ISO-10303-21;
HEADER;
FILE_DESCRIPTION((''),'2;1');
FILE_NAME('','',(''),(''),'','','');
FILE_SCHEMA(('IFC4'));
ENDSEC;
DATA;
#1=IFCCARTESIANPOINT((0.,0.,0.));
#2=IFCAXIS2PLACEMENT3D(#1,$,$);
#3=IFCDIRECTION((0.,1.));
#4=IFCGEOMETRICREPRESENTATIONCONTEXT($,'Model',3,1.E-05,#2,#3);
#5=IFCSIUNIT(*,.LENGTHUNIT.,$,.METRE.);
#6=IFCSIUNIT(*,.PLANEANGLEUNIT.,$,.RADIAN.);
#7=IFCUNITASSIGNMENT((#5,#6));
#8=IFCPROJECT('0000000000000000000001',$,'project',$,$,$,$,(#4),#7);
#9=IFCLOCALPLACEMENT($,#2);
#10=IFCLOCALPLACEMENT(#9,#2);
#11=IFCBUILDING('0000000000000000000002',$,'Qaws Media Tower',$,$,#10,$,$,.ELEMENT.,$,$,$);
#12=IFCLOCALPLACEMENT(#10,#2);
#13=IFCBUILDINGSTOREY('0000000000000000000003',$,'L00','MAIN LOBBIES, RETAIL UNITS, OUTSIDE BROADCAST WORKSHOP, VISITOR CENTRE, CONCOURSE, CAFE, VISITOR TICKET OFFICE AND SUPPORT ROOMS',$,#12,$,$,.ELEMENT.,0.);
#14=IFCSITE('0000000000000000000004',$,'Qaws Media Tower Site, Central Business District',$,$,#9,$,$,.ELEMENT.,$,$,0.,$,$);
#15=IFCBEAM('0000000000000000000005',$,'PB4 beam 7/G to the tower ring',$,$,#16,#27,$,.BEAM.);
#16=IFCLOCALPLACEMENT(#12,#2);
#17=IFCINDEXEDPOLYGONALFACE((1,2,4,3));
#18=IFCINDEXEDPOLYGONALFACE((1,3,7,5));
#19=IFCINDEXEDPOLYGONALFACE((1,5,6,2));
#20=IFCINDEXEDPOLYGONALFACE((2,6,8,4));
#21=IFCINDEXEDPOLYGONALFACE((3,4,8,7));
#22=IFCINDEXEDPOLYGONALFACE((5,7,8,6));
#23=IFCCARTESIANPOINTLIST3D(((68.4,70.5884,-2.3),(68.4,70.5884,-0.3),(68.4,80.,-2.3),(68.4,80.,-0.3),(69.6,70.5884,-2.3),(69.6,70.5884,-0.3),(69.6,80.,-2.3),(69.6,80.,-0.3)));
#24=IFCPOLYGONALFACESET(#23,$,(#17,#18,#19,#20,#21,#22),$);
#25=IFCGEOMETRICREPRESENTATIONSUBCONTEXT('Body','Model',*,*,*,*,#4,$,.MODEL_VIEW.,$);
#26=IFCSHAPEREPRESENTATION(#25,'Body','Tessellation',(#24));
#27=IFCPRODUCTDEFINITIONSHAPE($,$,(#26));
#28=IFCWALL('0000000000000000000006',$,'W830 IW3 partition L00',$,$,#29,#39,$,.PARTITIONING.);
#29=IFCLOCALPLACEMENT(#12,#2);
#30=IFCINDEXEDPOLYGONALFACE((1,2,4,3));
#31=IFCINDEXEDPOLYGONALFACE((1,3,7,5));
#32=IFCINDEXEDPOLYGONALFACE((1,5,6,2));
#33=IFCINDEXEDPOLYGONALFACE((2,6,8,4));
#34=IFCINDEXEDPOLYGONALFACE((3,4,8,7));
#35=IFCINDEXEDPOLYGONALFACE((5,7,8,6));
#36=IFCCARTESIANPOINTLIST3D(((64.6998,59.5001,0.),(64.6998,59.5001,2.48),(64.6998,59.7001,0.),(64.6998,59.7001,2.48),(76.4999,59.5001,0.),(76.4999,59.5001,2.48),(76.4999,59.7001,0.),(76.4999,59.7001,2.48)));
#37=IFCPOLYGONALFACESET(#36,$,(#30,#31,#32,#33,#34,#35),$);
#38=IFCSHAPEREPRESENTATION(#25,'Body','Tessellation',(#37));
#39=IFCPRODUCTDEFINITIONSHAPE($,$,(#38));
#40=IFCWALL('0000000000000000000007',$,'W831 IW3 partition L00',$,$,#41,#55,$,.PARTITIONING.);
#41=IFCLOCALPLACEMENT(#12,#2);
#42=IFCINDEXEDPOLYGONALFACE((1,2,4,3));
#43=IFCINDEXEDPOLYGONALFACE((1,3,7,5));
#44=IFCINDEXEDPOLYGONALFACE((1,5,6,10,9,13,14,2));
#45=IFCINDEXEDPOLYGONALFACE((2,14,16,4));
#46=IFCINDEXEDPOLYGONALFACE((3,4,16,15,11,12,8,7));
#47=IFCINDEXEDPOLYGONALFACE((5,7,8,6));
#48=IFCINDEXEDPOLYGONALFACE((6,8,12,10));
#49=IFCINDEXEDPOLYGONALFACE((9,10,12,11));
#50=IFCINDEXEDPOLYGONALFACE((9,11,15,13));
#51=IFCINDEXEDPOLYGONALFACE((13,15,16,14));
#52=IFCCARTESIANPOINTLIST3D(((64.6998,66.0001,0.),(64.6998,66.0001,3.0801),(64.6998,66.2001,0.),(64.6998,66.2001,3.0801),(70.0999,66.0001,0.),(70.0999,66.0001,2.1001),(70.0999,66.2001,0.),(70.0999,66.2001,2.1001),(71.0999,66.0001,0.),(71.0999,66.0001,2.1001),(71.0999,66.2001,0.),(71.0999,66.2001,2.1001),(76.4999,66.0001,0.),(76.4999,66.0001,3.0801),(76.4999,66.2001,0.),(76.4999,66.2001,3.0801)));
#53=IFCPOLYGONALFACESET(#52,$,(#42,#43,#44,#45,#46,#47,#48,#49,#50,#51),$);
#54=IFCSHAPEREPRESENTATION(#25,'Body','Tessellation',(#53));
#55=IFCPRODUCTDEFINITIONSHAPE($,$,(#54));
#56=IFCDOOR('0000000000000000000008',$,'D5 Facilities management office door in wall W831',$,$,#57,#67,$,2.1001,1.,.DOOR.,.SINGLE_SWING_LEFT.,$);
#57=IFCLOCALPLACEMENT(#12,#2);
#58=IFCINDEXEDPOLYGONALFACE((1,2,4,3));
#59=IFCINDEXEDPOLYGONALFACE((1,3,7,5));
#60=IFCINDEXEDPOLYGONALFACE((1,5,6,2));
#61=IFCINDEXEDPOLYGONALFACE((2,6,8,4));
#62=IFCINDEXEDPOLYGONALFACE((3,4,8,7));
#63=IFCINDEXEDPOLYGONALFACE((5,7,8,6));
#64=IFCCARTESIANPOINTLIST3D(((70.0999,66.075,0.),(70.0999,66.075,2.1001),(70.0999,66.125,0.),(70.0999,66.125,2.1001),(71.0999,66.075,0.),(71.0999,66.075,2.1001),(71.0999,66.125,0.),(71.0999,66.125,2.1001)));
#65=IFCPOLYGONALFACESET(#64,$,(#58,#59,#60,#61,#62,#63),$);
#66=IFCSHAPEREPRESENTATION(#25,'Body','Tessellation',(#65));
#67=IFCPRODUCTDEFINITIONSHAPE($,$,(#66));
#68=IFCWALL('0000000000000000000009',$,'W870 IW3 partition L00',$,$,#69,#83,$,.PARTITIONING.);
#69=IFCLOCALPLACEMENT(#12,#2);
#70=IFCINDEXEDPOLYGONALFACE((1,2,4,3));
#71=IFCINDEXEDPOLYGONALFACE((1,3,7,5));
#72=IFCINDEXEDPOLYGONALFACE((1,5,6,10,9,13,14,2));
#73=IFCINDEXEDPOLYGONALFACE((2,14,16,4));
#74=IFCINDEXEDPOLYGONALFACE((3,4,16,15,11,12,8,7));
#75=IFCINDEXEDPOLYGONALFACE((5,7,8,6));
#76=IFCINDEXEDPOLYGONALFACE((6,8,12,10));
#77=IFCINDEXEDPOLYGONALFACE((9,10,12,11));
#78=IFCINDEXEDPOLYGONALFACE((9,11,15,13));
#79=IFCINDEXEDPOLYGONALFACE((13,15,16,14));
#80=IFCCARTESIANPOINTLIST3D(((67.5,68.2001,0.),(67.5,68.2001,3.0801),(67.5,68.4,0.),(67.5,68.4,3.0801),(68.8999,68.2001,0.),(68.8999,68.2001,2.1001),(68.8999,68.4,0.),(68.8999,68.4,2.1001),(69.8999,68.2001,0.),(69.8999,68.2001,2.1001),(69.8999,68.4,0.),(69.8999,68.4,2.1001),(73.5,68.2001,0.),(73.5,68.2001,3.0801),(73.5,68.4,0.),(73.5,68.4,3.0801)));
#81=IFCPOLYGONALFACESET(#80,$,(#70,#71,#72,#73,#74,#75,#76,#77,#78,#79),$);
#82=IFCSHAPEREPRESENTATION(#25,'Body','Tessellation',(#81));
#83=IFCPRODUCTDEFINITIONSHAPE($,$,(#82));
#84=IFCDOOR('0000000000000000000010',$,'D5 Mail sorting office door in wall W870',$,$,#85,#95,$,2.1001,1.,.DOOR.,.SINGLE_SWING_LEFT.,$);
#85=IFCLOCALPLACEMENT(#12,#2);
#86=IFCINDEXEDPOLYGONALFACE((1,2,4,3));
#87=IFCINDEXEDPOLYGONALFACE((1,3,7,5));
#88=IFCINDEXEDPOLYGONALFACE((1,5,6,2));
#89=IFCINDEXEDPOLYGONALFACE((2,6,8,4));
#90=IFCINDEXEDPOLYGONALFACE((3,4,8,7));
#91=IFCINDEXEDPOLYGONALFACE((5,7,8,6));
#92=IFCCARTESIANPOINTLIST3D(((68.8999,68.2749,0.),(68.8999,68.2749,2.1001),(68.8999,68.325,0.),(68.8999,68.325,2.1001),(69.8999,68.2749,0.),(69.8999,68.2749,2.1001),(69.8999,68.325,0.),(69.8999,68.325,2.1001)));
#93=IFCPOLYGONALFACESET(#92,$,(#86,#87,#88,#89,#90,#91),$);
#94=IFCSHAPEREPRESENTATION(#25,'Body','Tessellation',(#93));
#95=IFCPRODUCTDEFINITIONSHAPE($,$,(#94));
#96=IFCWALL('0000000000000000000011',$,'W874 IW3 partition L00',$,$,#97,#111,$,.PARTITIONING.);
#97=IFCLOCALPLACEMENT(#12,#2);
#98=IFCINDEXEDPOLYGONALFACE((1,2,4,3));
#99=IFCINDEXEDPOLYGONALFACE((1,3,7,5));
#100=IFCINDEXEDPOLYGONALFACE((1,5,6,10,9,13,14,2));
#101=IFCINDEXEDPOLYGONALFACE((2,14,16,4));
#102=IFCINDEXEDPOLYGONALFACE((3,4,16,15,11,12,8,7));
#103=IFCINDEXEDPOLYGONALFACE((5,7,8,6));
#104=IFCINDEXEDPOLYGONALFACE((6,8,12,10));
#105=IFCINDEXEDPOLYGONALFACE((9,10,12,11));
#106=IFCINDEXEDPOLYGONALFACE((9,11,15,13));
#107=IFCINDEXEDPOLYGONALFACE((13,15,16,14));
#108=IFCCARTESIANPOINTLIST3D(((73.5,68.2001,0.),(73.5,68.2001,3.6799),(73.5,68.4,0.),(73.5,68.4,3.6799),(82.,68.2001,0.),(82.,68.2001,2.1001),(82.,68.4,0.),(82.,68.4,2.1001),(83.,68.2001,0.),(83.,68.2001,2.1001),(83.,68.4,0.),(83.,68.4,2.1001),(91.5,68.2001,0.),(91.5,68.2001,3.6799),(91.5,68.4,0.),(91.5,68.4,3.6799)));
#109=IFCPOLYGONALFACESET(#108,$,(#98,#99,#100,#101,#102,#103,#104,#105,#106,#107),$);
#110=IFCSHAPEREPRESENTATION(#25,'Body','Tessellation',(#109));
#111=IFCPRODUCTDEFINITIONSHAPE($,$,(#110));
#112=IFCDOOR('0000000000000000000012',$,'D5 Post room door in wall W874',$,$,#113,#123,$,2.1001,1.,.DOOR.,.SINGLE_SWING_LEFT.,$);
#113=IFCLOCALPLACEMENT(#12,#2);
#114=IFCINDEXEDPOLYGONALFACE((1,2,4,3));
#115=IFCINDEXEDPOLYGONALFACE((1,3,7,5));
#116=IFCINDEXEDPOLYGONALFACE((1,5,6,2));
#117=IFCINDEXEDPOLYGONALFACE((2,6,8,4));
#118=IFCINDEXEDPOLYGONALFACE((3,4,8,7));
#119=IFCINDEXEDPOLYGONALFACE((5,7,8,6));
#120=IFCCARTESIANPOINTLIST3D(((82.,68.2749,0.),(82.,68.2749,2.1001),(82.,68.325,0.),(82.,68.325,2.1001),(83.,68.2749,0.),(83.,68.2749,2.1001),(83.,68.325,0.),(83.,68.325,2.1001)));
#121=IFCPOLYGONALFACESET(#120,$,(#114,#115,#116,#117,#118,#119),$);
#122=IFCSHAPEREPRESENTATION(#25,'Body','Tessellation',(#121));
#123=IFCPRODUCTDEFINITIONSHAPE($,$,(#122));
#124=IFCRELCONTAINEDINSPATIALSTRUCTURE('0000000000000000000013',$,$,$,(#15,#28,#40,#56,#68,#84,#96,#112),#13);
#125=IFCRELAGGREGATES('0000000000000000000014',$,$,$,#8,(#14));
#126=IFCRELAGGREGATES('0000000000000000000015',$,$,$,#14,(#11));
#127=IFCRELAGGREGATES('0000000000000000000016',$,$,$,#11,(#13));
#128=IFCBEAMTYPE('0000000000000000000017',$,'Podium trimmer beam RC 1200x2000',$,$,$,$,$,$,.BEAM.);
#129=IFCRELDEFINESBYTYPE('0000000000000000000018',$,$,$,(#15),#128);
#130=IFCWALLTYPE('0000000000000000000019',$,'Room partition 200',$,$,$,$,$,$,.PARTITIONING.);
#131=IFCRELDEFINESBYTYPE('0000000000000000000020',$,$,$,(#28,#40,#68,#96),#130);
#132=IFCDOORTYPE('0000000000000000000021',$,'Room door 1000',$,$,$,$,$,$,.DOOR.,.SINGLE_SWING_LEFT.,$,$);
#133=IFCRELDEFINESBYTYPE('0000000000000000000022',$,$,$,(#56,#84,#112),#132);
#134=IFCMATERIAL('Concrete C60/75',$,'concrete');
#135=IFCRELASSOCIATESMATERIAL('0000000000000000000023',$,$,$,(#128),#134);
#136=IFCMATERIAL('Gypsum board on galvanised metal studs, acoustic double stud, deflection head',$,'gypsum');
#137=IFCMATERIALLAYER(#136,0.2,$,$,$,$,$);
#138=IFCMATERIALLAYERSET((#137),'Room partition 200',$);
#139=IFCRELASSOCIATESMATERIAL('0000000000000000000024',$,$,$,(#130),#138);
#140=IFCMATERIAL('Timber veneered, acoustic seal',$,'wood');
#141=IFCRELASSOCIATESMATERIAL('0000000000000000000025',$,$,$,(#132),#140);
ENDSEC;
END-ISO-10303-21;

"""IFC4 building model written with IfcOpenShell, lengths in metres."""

from ifc_helpers import new_model, si_unit, direction, frame, frame_2d, origin, origin_2d, place, context, subcontext, project, spatial, rectangle, extrude, material, layer, layer_set, material_profile, profile_set, type_object, element, fill, save


model = new_model("IFC4")

# Units and contexts
model_context = context("Model", 3, precision=1e-05, world=origin(), true_north=direction((0.0, 1.0)))
body_context = subcontext(model_context, "Body", "Model", "MODEL_VIEW")
ifc_project = project(units=[si_unit("LENGTHUNIT", "METRE"), si_unit("PLANEANGLEUNIT", "RADIAN")], contexts=[model_context])

# Site, building, storey
site_placement = place(None, origin())
site = spatial("IfcSite", under=ifc_project, at=site_placement, Name="Qaws Media Tower Site, Central Business District", CompositionType="ELEMENT", RefElevation=0.0)
building_placement = place(site_placement, origin())
building = spatial("IfcBuilding", under=site, at=building_placement, Name="Qaws Media Tower", CompositionType="ELEMENT")
storey_placement = place(building_placement, origin())
storey = spatial("IfcBuildingStorey", under=building, at=storey_placement, Name="L00", Description="MAIN LOBBIES, RETAIL UNITS, OUTSIDE BROADCAST WORKSHOP, VISITOR CENTRE, CONCOURSE, CAFE, VISITOR TICKET OFFICE AND SUPPORT ROOMS", CompositionType="ELEMENT", Elevation=0.0)

# Beam
ifc_material_1 = material(Name="Concrete C60/75", Category="concrete")
ifc_material_profile_1 = material_profile(ifc_material_1, rectangle(XDim=1.2, YDim=2.0, at=origin_2d()), Name="RC 1200x2000")
ifc_profile_set_1 = profile_set([ifc_material_profile_1], Name="Concrete C60/75")
beam_type_1 = type_object("IfcBeamType", Name="Podium trimmer beam RC 1200x2000", PredefinedType="BEAM", material=ifc_profile_set_1)
beam_1_placement = place(storey_placement, frame((69.0, 80.0, -1.3), z_axis=(0.0, -1.0, 0.0), x_axis=(1.0, 0.0, 0.0)))
element("IfcBeam", 1, at=beam_1_placement, inside=storey, type_object=beam_type_1, Name="PB4 beam 7/G to the tower ring", PredefinedType="BEAM", context=body_context, shape_type="SweptSolid", body=[
    extrude(rectangle(XDim=1.2, YDim=2.0, at=origin_2d()), origin(), (0.0, 0.0, 1.0), 9.4116),
])

# Wall
ifc_material_2 = material(Name="Gypsum board on galvanised metal studs, acoustic double stud, deflection head", Category="gypsum")
ifc_layer = layer(ifc_material_2, 0.2)
ifc_layer_set = layer_set([ifc_layer], Name="Room partition 200")
wall_type = type_object("IfcWallType", Name="Room partition 200", PredefinedType="PARTITIONING", material=ifc_layer_set)
wall_1_placement = place(storey_placement, frame((64.7, 59.6001, 0.0), z_axis=(0.0, 0.0, 1.0), x_axis=(1.0, 0.0, 0.0)))
element("IfcWall", 2, at=wall_1_placement, inside=storey, type_object=wall_type, Name="W830 IW3 partition L00", PredefinedType="PARTITIONING", context=body_context, shape_type="SweptSolid", body=[
    extrude(rectangle(XDim=11.8, YDim=0.2, at=frame_2d((5.8999, 0.0))), origin(), (0.0, 0.0, 1.0), 2.48),
])

# Walls, openings, doors
wall_2_placement = place(storey_placement, frame((64.7, 66.1001, 0.0), z_axis=(0.0, 0.0, 1.0), x_axis=(1.0, 0.0, 0.0)))
wall_2 = element("IfcWall", 3, at=wall_2_placement, inside=storey, type_object=wall_type, Name="W831 IW3 partition L00", PredefinedType="PARTITIONING", context=body_context, shape_type="SweptSolid", body=[
    extrude(rectangle(XDim=11.8, YDim=0.2, at=frame_2d((5.8999, 0.0))), origin(), (0.0, 0.0, 1.0), 3.0801),
])
opening_1_placement = place(wall_2_placement, frame((5.3999, 0.0, 0.0)))
opening_1 = element("IfcOpeningElement", 4, at=opening_1_placement, cuts=wall_2, PredefinedType="OPENING", context=body_context, shape_type="SweptSolid", body=[
    extrude(rectangle(XDim=1.0, YDim=2.1001, at=frame_2d((0.5, 1.05))), frame((0.0, 0.1099, 0.0), z_axis=(0.0, -1.0, 0.0), x_axis=(1.0, 0.0, 0.0)), (0.0, 0.0, 1.0), 0.22),
])
ifc_material_3 = material(Name="Timber veneered, acoustic seal", Category="wood")
door_type = type_object("IfcDoorType", Name="Room door 1000", OperationType="SINGLE_SWING_LEFT", PredefinedType="DOOR", material=ifc_material_3)
door_1_placement = place(opening_1_placement, origin())
door_1 = element("IfcDoor", 5, at=door_1_placement, inside=storey, type_object=door_type, Name="D5 Facilities management office door in wall W831", OperationType="SINGLE_SWING_LEFT", OverallHeight=2.1001, OverallWidth=1.0, PredefinedType="DOOR", context=body_context, shape_type="SweptSolid", body=[
    extrude(rectangle(XDim=1.0, YDim=2.1001, at=frame_2d((0.5, 1.05))), frame((0.0, 0.0249, 0.0), z_axis=(0.0, -1.0, 0.0), x_axis=(1.0, 0.0, 0.0)), (0.0, 0.0, 1.0), 0.05),
])
fill(opening_1, door_1)
wall_3_placement = place(storey_placement, frame((67.5, 68.3, 0.0), z_axis=(0.0, 0.0, 1.0), x_axis=(1.0, 0.0, 0.0)))
wall_3 = element("IfcWall", 6, at=wall_3_placement, inside=storey, type_object=wall_type, Name="W870 IW3 partition L00", PredefinedType="PARTITIONING", context=body_context, shape_type="SweptSolid", body=[
    extrude(rectangle(XDim=6.0, YDim=0.2, at=frame_2d((3.0, 0.0))), origin(), (0.0, 0.0, 1.0), 3.0801),
])
opening_2_placement = place(wall_3_placement, frame((1.3999, 0.0, 0.0)))
opening_2 = element("IfcOpeningElement", 7, at=opening_2_placement, cuts=wall_3, PredefinedType="OPENING", context=body_context, shape_type="SweptSolid", body=[
    extrude(rectangle(XDim=1.0, YDim=2.1001, at=frame_2d((0.5, 1.05))), frame((0.0, 0.1099, 0.0), z_axis=(0.0, -1.0, 0.0), x_axis=(1.0, 0.0, 0.0)), (0.0, 0.0, 1.0), 0.22),
])
door_2_placement = place(opening_2_placement, origin())
door_2 = element("IfcDoor", 8, at=door_2_placement, inside=storey, type_object=door_type, Name="D5 Mail sorting office door in wall W870", OperationType="SINGLE_SWING_LEFT", OverallHeight=2.1001, OverallWidth=1.0, PredefinedType="DOOR", context=body_context, shape_type="SweptSolid", body=[
    extrude(rectangle(XDim=1.0, YDim=2.1001, at=frame_2d((0.5, 1.05))), frame((0.0, 0.0249, 0.0), z_axis=(0.0, -1.0, 0.0), x_axis=(1.0, 0.0, 0.0)), (0.0, 0.0, 1.0), 0.05),
])
fill(opening_2, door_2)
wall_4_placement = place(storey_placement, frame((73.5, 68.3, 0.0), z_axis=(0.0, 0.0, 1.0), x_axis=(1.0, 0.0, 0.0)))
wall_4 = element("IfcWall", 9, at=wall_4_placement, inside=storey, type_object=wall_type, Name="W874 IW3 partition L00", PredefinedType="PARTITIONING", context=body_context, shape_type="SweptSolid", body=[
    extrude(rectangle(XDim=18.0, YDim=0.2, at=frame_2d((9.0, 0.0))), origin(), (0.0, 0.0, 1.0), 3.6799),
])
opening_3_placement = place(wall_4_placement, frame((8.5, 0.0, 0.0)))
opening_3 = element("IfcOpeningElement", 10, at=opening_3_placement, cuts=wall_4, PredefinedType="OPENING", context=body_context, shape_type="SweptSolid", body=[
    extrude(rectangle(XDim=1.0, YDim=2.1001, at=frame_2d((0.5, 1.05))), frame((0.0, 0.1099, 0.0), z_axis=(0.0, -1.0, 0.0), x_axis=(1.0, 0.0, 0.0)), (0.0, 0.0, 1.0), 0.22),
])
door_3_placement = place(opening_3_placement, origin())
door_3 = element("IfcDoor", 11, at=door_3_placement, inside=storey, type_object=door_type, Name="D5 Post room door in wall W874", OperationType="SINGLE_SWING_LEFT", OverallHeight=2.1001, OverallWidth=1.0, PredefinedType="DOOR", context=body_context, shape_type="SweptSolid", body=[
    extrude(rectangle(XDim=1.0, YDim=2.1001, at=frame_2d((0.5, 1.05))), frame((0.0, 0.0249, 0.0), z_axis=(0.0, -1.0, 0.0), x_axis=(1.0, 0.0, 0.0)), (0.0, 0.0, 1.0), 0.05),
])
fill(opening_3, door_3)

save(model, "model.ifc")
